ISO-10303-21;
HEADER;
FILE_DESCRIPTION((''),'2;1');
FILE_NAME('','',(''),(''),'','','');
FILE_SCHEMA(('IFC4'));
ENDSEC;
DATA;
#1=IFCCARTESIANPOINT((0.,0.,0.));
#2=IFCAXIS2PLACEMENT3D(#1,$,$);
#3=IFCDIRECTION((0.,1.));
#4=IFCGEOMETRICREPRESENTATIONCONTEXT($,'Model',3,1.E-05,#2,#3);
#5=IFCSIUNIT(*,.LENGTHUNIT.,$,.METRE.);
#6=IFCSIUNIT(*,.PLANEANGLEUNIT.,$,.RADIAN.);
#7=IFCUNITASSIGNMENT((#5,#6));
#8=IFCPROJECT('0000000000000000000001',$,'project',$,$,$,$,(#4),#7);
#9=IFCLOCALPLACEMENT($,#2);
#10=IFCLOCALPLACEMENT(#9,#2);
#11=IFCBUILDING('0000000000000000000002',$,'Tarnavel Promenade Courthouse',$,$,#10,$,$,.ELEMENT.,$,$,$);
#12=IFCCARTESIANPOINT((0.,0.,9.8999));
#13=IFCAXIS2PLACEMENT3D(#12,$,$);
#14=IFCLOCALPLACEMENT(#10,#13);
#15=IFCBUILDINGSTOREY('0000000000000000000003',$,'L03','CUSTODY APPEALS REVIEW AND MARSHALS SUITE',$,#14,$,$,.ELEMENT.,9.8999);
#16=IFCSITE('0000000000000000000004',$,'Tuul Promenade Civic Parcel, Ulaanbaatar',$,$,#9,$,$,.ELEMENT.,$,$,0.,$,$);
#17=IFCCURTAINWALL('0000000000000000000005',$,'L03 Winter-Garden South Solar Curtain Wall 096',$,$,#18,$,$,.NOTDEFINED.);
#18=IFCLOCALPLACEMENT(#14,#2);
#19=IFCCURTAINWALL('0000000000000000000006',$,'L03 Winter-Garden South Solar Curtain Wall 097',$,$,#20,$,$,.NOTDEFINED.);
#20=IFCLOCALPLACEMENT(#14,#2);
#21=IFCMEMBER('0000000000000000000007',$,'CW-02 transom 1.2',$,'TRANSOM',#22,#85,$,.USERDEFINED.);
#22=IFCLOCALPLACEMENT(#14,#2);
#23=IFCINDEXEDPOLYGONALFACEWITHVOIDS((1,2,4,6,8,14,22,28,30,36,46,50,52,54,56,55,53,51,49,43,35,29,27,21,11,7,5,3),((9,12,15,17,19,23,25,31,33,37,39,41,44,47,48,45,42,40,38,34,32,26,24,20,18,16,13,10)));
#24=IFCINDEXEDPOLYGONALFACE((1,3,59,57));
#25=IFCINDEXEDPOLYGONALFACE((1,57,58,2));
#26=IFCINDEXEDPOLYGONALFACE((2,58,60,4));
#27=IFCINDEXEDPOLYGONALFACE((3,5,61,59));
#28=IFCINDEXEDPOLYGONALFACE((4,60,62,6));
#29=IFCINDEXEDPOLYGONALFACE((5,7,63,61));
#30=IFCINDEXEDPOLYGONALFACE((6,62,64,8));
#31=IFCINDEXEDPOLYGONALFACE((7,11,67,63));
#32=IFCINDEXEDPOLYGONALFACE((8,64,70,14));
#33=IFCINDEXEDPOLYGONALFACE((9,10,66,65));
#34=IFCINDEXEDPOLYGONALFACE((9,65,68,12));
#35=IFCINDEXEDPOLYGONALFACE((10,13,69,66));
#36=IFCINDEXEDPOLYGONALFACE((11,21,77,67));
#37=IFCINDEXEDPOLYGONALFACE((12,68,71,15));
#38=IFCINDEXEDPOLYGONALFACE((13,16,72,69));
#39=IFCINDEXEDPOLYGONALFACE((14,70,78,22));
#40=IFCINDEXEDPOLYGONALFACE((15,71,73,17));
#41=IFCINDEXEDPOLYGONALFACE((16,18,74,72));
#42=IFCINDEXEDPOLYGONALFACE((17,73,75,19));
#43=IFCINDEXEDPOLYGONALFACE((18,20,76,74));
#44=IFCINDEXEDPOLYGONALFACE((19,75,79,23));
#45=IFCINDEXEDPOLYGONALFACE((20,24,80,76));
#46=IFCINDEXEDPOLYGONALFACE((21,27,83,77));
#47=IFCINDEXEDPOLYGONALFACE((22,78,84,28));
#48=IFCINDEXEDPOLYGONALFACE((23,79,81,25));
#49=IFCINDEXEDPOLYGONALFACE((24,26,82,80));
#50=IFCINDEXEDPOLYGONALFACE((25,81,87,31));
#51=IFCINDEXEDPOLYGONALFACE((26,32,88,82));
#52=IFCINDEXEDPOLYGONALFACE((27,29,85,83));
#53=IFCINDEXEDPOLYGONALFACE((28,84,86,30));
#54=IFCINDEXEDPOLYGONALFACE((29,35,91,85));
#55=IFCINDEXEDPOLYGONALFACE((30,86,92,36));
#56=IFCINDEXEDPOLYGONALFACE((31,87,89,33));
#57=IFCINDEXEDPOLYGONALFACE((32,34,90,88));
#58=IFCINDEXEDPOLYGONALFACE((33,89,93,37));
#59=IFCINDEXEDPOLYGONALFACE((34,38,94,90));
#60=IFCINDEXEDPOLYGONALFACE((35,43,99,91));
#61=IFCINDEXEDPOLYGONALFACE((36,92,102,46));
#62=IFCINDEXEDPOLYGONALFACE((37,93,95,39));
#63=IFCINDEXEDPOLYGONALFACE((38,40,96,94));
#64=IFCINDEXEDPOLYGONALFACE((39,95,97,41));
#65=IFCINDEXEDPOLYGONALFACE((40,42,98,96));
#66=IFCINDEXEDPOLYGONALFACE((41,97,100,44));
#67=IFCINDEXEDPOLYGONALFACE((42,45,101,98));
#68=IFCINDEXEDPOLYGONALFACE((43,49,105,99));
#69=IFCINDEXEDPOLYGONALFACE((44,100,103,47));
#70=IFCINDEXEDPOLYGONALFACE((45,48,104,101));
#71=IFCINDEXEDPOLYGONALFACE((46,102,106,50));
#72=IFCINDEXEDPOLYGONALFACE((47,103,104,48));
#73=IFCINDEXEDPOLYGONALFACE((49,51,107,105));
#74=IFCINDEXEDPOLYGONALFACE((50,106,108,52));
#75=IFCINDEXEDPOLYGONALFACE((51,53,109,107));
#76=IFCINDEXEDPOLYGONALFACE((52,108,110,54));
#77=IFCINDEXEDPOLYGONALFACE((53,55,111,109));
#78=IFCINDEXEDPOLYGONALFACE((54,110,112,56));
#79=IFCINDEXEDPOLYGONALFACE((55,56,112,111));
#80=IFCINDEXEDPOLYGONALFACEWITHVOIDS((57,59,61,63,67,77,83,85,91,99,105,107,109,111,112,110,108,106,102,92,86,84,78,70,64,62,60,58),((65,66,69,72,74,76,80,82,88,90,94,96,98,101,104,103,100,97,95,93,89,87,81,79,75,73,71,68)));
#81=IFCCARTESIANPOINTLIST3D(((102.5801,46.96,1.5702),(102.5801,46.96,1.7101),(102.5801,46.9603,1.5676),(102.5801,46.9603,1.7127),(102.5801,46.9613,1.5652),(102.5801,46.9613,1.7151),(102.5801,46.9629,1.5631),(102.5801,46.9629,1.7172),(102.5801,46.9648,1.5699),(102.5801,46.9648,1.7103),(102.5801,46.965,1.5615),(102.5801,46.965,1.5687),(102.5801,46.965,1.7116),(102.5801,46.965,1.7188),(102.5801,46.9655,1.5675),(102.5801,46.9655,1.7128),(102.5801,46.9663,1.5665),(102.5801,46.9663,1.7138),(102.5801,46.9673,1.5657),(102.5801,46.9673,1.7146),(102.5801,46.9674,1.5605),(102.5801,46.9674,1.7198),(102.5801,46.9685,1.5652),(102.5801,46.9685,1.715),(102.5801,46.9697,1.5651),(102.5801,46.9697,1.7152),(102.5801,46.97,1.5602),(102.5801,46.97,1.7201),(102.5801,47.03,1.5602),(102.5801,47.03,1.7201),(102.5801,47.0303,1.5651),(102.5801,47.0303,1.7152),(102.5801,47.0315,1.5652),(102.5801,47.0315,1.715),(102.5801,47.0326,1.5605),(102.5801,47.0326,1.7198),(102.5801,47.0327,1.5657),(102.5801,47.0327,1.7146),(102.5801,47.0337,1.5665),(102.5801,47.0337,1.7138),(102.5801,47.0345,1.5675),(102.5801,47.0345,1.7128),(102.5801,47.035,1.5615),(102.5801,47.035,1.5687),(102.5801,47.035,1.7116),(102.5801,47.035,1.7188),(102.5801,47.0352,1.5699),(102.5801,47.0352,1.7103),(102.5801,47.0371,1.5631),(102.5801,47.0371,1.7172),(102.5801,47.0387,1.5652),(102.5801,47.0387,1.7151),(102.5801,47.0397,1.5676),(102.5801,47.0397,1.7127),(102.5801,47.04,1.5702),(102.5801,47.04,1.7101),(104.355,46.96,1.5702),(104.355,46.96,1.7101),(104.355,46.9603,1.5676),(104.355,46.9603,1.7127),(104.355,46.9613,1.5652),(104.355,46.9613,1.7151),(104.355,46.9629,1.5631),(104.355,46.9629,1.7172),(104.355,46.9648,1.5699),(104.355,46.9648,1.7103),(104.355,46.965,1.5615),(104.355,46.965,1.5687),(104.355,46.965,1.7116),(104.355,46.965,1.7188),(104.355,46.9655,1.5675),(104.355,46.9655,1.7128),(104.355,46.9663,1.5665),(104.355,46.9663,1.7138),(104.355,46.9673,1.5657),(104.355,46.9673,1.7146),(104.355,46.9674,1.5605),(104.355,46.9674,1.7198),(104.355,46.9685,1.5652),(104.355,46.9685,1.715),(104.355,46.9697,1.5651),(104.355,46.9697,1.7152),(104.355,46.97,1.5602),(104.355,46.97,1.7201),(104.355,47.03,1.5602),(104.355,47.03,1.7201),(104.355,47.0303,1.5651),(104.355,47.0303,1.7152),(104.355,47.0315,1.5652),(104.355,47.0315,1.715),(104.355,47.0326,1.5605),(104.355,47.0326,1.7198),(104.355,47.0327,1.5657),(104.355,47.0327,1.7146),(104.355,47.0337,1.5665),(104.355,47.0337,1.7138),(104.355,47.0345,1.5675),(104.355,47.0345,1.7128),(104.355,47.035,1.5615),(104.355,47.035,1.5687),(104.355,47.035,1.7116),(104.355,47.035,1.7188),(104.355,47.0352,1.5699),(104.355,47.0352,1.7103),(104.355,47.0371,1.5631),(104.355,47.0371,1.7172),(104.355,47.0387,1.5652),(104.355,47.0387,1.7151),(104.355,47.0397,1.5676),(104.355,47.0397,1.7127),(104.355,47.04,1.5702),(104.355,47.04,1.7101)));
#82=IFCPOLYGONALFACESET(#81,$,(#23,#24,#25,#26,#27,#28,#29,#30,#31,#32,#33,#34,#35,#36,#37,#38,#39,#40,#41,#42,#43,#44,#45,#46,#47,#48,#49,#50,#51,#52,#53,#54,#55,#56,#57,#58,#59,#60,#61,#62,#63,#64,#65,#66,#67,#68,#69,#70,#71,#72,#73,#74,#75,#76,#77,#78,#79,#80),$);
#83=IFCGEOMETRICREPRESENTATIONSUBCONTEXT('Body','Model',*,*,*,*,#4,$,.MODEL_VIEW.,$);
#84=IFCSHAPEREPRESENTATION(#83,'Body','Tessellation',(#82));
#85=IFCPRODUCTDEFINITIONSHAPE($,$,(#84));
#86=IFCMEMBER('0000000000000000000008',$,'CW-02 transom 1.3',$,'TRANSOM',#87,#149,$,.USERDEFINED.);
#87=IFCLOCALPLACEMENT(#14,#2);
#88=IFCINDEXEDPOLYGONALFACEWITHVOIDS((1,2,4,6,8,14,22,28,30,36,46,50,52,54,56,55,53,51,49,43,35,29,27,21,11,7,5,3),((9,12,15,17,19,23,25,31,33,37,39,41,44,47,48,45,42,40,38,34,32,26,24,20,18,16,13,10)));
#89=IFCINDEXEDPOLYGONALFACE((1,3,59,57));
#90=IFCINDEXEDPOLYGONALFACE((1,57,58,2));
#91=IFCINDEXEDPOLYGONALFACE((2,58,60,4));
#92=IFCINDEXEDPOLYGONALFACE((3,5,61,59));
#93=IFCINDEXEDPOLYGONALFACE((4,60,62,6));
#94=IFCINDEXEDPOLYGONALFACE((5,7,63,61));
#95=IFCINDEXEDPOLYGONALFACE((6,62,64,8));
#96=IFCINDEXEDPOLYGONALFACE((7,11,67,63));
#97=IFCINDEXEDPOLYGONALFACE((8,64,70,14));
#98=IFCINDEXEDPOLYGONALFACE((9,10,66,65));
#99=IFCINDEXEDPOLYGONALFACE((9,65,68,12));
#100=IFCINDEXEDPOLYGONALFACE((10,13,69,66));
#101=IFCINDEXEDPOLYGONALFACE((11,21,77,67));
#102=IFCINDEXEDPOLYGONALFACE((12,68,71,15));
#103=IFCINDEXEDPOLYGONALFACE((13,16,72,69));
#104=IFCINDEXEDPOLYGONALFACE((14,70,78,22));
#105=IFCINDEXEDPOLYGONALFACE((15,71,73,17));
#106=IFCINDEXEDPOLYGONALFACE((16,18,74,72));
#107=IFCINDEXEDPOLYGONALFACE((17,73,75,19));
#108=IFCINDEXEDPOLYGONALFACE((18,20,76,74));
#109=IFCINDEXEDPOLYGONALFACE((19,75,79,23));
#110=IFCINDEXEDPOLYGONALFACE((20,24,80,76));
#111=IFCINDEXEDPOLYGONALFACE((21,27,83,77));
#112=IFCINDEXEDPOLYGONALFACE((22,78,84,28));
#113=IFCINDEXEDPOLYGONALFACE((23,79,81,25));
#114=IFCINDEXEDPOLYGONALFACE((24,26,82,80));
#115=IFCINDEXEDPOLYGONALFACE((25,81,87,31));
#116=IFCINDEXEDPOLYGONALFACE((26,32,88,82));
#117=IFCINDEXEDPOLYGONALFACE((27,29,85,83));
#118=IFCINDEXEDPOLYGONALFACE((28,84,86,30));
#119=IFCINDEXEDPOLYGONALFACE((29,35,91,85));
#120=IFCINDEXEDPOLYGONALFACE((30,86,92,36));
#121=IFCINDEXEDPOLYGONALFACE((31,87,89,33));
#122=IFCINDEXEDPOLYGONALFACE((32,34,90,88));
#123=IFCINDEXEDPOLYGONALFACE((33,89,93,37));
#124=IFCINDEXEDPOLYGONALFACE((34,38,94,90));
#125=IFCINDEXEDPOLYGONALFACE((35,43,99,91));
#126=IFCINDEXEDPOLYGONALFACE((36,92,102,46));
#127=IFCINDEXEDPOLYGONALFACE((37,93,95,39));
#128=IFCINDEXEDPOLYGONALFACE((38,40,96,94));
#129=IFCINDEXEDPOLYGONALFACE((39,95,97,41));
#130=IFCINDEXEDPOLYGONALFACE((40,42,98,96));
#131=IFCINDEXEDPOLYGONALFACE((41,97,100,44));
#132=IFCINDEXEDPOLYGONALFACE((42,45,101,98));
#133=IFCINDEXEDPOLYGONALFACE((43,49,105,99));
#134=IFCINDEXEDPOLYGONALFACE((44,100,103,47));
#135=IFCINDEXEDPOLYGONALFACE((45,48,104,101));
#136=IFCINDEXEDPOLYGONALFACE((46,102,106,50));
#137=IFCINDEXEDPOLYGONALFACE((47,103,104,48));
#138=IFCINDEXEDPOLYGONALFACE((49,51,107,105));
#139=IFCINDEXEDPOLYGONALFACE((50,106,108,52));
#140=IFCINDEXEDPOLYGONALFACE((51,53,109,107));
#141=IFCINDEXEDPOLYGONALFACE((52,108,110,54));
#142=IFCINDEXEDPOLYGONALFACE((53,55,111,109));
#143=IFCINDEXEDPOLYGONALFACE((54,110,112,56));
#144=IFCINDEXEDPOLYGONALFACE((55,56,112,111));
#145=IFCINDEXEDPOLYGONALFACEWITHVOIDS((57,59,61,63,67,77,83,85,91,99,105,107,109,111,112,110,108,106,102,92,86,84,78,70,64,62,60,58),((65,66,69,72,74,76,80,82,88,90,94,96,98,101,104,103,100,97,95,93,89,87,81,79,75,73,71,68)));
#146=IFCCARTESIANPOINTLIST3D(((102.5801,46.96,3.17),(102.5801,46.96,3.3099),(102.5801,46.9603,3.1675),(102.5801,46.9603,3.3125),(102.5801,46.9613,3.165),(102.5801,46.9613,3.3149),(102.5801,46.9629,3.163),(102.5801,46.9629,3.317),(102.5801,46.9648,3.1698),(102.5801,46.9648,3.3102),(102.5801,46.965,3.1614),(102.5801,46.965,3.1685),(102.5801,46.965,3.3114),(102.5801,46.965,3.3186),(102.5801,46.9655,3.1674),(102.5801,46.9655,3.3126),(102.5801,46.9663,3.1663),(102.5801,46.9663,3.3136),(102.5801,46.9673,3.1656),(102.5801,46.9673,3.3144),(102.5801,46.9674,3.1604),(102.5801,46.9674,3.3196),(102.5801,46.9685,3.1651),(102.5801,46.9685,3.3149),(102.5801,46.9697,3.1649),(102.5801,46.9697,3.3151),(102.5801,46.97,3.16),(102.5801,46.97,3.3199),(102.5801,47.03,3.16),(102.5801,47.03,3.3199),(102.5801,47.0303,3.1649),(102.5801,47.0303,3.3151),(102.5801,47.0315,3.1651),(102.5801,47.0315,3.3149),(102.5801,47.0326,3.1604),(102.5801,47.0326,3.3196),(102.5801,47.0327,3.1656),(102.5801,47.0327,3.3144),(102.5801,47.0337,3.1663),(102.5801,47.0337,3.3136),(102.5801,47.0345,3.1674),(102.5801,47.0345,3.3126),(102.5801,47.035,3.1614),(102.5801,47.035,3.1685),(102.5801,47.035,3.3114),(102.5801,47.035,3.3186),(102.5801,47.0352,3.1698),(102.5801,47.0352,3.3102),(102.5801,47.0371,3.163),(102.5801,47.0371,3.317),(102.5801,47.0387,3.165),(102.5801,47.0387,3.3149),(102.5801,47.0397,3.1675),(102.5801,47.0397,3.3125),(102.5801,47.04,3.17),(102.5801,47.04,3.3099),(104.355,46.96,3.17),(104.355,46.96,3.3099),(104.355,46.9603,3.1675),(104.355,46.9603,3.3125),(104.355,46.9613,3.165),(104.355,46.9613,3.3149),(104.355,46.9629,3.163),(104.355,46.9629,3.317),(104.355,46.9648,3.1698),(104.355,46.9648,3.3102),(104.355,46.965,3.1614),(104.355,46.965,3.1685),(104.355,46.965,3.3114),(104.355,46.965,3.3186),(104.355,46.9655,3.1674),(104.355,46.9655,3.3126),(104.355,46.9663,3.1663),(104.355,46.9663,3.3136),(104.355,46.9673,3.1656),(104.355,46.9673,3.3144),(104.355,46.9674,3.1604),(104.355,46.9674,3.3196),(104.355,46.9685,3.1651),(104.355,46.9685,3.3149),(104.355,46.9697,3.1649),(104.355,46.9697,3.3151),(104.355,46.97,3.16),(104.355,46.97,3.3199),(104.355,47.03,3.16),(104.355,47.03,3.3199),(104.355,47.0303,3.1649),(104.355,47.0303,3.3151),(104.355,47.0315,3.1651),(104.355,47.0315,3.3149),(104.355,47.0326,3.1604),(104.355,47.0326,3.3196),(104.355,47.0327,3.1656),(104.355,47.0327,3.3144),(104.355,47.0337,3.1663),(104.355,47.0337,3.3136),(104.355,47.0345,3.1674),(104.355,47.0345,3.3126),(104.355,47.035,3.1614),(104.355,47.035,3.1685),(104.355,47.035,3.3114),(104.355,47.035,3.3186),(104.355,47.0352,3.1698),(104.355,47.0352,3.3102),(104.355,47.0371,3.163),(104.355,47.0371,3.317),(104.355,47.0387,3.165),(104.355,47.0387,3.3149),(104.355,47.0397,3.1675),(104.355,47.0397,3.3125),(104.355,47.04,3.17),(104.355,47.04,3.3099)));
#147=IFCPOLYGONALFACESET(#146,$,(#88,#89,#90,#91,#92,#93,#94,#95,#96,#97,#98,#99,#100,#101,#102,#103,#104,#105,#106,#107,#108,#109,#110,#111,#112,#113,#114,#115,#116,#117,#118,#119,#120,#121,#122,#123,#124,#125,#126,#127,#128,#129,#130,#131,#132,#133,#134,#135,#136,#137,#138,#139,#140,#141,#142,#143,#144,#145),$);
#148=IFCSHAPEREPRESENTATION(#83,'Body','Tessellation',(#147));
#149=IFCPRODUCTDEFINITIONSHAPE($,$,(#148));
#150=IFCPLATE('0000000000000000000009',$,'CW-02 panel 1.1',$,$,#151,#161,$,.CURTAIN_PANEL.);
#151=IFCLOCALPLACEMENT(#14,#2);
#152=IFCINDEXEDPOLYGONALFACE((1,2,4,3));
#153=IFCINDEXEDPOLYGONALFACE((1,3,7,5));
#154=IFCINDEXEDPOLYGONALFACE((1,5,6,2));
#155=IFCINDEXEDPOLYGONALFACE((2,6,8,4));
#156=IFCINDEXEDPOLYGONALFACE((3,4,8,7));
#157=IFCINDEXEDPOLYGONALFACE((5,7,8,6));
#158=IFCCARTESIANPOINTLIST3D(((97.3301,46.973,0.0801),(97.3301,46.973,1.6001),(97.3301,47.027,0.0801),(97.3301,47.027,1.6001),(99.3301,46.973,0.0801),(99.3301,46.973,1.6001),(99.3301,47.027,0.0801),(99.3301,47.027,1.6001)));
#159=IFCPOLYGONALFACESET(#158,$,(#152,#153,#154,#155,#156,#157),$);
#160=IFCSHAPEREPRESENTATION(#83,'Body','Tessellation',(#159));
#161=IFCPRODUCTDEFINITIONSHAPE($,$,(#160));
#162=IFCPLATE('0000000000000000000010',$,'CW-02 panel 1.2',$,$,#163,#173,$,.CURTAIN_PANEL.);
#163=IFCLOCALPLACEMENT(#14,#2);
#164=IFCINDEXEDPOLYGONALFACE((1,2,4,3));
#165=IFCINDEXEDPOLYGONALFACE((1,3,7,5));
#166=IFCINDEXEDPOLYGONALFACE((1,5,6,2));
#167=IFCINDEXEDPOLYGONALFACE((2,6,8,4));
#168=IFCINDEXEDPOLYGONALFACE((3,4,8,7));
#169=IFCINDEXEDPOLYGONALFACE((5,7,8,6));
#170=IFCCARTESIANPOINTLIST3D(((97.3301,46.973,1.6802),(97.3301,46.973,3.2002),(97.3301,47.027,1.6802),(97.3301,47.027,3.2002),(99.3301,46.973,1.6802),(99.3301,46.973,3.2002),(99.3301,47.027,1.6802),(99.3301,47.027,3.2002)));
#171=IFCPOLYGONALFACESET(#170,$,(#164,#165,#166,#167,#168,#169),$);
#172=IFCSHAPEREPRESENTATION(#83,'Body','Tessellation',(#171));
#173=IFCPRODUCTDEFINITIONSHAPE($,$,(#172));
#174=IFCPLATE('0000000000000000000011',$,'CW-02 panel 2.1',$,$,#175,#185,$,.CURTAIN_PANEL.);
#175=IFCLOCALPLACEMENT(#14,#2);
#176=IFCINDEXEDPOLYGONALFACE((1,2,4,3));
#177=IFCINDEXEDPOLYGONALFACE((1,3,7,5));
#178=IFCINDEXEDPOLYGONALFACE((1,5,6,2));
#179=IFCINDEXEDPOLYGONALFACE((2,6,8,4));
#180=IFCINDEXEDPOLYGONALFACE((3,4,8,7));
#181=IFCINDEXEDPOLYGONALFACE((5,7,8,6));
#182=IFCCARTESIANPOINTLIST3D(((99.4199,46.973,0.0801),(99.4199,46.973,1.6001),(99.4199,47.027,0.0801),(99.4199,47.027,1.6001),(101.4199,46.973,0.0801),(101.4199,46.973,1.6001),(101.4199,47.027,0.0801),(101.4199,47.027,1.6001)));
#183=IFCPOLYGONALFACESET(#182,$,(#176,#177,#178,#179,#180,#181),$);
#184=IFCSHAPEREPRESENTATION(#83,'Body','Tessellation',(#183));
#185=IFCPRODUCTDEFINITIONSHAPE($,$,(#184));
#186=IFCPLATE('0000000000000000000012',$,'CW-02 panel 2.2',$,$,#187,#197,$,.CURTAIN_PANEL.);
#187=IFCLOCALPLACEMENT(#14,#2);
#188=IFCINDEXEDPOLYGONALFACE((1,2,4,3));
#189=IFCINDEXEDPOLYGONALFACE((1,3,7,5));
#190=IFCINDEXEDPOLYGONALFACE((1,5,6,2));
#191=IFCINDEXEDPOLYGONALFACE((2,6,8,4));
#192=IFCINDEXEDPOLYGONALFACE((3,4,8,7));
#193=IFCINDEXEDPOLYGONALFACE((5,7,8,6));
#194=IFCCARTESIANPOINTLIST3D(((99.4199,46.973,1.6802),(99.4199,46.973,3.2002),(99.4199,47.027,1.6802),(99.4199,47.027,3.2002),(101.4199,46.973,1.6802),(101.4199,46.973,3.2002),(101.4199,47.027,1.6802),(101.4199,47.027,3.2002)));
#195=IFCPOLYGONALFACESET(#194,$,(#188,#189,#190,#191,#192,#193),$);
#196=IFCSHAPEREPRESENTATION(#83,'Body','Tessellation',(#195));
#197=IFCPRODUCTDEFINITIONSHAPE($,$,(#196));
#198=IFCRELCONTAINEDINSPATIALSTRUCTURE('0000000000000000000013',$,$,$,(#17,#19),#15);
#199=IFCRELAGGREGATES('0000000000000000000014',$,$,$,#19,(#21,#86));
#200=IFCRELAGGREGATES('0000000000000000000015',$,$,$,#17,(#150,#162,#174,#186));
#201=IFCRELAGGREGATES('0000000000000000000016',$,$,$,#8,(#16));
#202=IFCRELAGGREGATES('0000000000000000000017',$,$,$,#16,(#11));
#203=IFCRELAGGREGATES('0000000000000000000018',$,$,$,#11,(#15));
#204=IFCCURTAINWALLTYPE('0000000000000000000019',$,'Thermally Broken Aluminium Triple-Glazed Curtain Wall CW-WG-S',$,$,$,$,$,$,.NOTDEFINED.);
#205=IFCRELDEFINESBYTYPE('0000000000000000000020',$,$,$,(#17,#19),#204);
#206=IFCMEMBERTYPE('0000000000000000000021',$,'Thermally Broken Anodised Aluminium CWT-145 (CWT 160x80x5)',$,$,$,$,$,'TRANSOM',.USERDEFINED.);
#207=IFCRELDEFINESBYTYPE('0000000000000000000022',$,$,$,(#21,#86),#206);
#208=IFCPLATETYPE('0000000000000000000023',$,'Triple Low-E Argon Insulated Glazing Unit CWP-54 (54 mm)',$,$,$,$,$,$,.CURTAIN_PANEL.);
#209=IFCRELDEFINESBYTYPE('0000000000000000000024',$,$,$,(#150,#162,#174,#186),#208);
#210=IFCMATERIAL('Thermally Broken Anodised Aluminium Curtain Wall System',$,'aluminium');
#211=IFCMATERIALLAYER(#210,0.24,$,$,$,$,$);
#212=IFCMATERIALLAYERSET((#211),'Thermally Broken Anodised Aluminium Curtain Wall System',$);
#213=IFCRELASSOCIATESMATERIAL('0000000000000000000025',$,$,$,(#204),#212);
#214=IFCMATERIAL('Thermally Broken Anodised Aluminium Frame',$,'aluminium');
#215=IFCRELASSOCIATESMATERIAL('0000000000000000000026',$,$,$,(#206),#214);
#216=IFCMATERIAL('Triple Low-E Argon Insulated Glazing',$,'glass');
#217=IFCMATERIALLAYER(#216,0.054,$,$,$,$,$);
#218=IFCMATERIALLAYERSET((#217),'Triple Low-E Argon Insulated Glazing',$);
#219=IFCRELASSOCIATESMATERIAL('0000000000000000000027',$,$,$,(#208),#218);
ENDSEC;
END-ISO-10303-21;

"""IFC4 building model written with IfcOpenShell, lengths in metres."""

from ifc_helpers import new_model, si_unit, direction, frame, origin, origin_2d, place, context, subcontext, project, spatial, rectangle, hollow_rectangle, extrude, material, layer, layer_set, material_profile, profile_set, type_object, element, aggregate, save


model = new_model("IFC4")

# Units and contexts
model_context = context("Model", 3, precision=1e-05, world=origin(), true_north=direction((0.0, 1.0)))
body_context = subcontext(model_context, "Body", "Model", "MODEL_VIEW")
ifc_project = project(units=[si_unit("LENGTHUNIT", "METRE"), si_unit("PLANEANGLEUNIT", "RADIAN")], contexts=[model_context])

# Site, building, storey
site_placement = place(None, origin())
site = spatial("IfcSite", under=ifc_project, at=site_placement, Name="Tuul Promenade Civic Parcel, Ulaanbaatar", CompositionType="ELEMENT", RefElevation=0.0)
building_placement = place(site_placement, origin())
building = spatial("IfcBuilding", under=site, at=building_placement, Name="Tarnavel Promenade Courthouse", CompositionType="ELEMENT")
storey_placement = place(building_placement, frame((0.0, 0.0, 9.8999)))
storey = spatial("IfcBuildingStorey", under=building, at=storey_placement, Name="L03", Description="CUSTODY APPEALS REVIEW AND MARSHALS SUITE", CompositionType="ELEMENT", Elevation=9.8999)

# Curtain wall
ifc_material_1 = material(Name="Thermally Broken Anodised Aluminium Curtain Wall System", Category="aluminium")
ifc_layer_1 = layer(ifc_material_1, 0.24)
ifc_layer_set_1 = layer_set([ifc_layer_1], Name="Thermally Broken Anodised Aluminium Curtain Wall System")
curtain_wall_type = type_object("IfcCurtainWallType", Name="Thermally Broken Aluminium Triple-Glazed Curtain Wall CW-WG-S", PredefinedType="NOTDEFINED", material=ifc_layer_set_1)
curtain_wall_1_placement = place(storey_placement, origin())
curtain_wall_1 = element("IfcCurtainWall", 1, at=curtain_wall_1_placement, inside=storey, type_object=curtain_wall_type, Name="L03 Winter-Garden South Solar Curtain Wall 096", PredefinedType="NOTDEFINED")
ifc_material_2 = material(Name="Thermally Broken Anodised Aluminium Frame", Category="aluminium")

# Curtain wall
curtain_wall_2_placement = place(storey_placement, origin())
curtain_wall_2 = element("IfcCurtainWall", 2, at=curtain_wall_2_placement, inside=storey, type_object=curtain_wall_type, Name="L03 Winter-Garden South Solar Curtain Wall 097", PredefinedType="NOTDEFINED")

# Members
ifc_material_profile_1 = material_profile(ifc_material_2, hollow_rectangle(XDim=0.0801, YDim=0.1599, WallThickness=0.0049, InnerFilletRadius=0.0049, OuterFilletRadius=0.01, at=origin_2d()), Name="CWT 160x80x5")
ifc_profile_set_1 = profile_set([ifc_material_profile_1], Name="Thermally Broken Anodised Aluminium Frame")
member_type_1 = type_object("IfcMemberType", Name="Thermally Broken Anodised Aluminium CWT-145 (CWT 160x80x5)", ElementType="TRANSOM", PredefinedType="USERDEFINED", material=ifc_profile_set_1)
member_1_placement = place(storey_placement, frame((102.5801, 47.0, 1.6401), z_axis=(1.0, 0.0, 0.0), x_axis=(0.0, 1.0, 0.0)))
member_1 = element("IfcMember", 3, at=member_1_placement, type_object=member_type_1, Name="CW-02 transom 1.2", ObjectType="TRANSOM", PredefinedType="USERDEFINED", context=body_context, shape_type="SweptSolid", body=[
    extrude(hollow_rectangle(XDim=0.0801, YDim=0.1599, WallThickness=0.0049, InnerFilletRadius=0.0049, OuterFilletRadius=0.01, at=origin_2d()), origin(), (0.0, 0.0, 1.0), 1.7749),
])
member_2_placement = place(storey_placement, frame((102.5801, 47.0, 3.24), z_axis=(1.0, 0.0, 0.0), x_axis=(0.0, 1.0, 0.0)))
member_2 = element("IfcMember", 4, at=member_2_placement, type_object=member_type_1, Name="CW-02 transom 1.3", ObjectType="TRANSOM", PredefinedType="USERDEFINED", context=body_context, shape_type="SweptSolid", body=[
    extrude(hollow_rectangle(XDim=0.0801, YDim=0.1599, WallThickness=0.0049, InnerFilletRadius=0.0049, OuterFilletRadius=0.01, at=origin_2d()), origin(), (0.0, 0.0, 1.0), 1.7749),
])
aggregate(curtain_wall_2, [member_1, member_2])

# Plates
ifc_material_3 = material(Name="Triple Low-E Argon Insulated Glazing", Category="glass")
ifc_layer_2 = layer(ifc_material_3, 0.054)
ifc_layer_set_2 = layer_set([ifc_layer_2], Name="Triple Low-E Argon Insulated Glazing")
plate_type = type_object("IfcPlateType", Name="Triple Low-E Argon Insulated Glazing Unit CWP-54 (54 mm)", PredefinedType="CURTAIN_PANEL", material=ifc_layer_set_2)
plate_1_placement = place(storey_placement, frame((98.3301, 47.0, 0.0801), z_axis=(0.0, 0.0, 1.0), x_axis=(1.0, 0.0, 0.0)))
plate_1 = element("IfcPlate", 5, at=plate_1_placement, type_object=plate_type, Name="CW-02 panel 1.1", PredefinedType="CURTAIN_PANEL", context=body_context, shape_type="SweptSolid", body=[
    extrude(rectangle(XDim=2.0, YDim=0.054, at=origin_2d()), origin(), (0.0, 0.0, 1.0), 1.52),
])
plate_2_placement = place(storey_placement, frame((98.3301, 47.0, 1.6802), z_axis=(0.0, 0.0, 1.0), x_axis=(1.0, 0.0, 0.0)))
plate_2 = element("IfcPlate", 6, at=plate_2_placement, type_object=plate_type, Name="CW-02 panel 1.2", PredefinedType="CURTAIN_PANEL", context=body_context, shape_type="SweptSolid", body=[
    extrude(rectangle(XDim=2.0, YDim=0.054, at=origin_2d()), origin(), (0.0, 0.0, 1.0), 1.52),
])
plate_3_placement = place(storey_placement, frame((100.4199, 47.0, 0.0801), z_axis=(0.0, 0.0, 1.0), x_axis=(1.0, 0.0, 0.0)))
plate_3 = element("IfcPlate", 7, at=plate_3_placement, type_object=plate_type, Name="CW-02 panel 2.1", PredefinedType="CURTAIN_PANEL", context=body_context, shape_type="SweptSolid", body=[
    extrude(rectangle(XDim=2.0, YDim=0.054, at=origin_2d()), origin(), (0.0, 0.0, 1.0), 1.52),
])
plate_4_placement = place(storey_placement, frame((100.4199, 47.0, 1.6802), z_axis=(0.0, 0.0, 1.0), x_axis=(1.0, 0.0, 0.0)))
plate_4 = element("IfcPlate", 8, at=plate_4_placement, type_object=plate_type, Name="CW-02 panel 2.2", PredefinedType="CURTAIN_PANEL", context=body_context, shape_type="SweptSolid", body=[
    extrude(rectangle(XDim=2.0, YDim=0.054, at=origin_2d()), origin(), (0.0, 0.0, 1.0), 1.52),
])
aggregate(curtain_wall_1, [plate_1, plate_2, plate_3, plate_4])

save(model, "model.ifc")
